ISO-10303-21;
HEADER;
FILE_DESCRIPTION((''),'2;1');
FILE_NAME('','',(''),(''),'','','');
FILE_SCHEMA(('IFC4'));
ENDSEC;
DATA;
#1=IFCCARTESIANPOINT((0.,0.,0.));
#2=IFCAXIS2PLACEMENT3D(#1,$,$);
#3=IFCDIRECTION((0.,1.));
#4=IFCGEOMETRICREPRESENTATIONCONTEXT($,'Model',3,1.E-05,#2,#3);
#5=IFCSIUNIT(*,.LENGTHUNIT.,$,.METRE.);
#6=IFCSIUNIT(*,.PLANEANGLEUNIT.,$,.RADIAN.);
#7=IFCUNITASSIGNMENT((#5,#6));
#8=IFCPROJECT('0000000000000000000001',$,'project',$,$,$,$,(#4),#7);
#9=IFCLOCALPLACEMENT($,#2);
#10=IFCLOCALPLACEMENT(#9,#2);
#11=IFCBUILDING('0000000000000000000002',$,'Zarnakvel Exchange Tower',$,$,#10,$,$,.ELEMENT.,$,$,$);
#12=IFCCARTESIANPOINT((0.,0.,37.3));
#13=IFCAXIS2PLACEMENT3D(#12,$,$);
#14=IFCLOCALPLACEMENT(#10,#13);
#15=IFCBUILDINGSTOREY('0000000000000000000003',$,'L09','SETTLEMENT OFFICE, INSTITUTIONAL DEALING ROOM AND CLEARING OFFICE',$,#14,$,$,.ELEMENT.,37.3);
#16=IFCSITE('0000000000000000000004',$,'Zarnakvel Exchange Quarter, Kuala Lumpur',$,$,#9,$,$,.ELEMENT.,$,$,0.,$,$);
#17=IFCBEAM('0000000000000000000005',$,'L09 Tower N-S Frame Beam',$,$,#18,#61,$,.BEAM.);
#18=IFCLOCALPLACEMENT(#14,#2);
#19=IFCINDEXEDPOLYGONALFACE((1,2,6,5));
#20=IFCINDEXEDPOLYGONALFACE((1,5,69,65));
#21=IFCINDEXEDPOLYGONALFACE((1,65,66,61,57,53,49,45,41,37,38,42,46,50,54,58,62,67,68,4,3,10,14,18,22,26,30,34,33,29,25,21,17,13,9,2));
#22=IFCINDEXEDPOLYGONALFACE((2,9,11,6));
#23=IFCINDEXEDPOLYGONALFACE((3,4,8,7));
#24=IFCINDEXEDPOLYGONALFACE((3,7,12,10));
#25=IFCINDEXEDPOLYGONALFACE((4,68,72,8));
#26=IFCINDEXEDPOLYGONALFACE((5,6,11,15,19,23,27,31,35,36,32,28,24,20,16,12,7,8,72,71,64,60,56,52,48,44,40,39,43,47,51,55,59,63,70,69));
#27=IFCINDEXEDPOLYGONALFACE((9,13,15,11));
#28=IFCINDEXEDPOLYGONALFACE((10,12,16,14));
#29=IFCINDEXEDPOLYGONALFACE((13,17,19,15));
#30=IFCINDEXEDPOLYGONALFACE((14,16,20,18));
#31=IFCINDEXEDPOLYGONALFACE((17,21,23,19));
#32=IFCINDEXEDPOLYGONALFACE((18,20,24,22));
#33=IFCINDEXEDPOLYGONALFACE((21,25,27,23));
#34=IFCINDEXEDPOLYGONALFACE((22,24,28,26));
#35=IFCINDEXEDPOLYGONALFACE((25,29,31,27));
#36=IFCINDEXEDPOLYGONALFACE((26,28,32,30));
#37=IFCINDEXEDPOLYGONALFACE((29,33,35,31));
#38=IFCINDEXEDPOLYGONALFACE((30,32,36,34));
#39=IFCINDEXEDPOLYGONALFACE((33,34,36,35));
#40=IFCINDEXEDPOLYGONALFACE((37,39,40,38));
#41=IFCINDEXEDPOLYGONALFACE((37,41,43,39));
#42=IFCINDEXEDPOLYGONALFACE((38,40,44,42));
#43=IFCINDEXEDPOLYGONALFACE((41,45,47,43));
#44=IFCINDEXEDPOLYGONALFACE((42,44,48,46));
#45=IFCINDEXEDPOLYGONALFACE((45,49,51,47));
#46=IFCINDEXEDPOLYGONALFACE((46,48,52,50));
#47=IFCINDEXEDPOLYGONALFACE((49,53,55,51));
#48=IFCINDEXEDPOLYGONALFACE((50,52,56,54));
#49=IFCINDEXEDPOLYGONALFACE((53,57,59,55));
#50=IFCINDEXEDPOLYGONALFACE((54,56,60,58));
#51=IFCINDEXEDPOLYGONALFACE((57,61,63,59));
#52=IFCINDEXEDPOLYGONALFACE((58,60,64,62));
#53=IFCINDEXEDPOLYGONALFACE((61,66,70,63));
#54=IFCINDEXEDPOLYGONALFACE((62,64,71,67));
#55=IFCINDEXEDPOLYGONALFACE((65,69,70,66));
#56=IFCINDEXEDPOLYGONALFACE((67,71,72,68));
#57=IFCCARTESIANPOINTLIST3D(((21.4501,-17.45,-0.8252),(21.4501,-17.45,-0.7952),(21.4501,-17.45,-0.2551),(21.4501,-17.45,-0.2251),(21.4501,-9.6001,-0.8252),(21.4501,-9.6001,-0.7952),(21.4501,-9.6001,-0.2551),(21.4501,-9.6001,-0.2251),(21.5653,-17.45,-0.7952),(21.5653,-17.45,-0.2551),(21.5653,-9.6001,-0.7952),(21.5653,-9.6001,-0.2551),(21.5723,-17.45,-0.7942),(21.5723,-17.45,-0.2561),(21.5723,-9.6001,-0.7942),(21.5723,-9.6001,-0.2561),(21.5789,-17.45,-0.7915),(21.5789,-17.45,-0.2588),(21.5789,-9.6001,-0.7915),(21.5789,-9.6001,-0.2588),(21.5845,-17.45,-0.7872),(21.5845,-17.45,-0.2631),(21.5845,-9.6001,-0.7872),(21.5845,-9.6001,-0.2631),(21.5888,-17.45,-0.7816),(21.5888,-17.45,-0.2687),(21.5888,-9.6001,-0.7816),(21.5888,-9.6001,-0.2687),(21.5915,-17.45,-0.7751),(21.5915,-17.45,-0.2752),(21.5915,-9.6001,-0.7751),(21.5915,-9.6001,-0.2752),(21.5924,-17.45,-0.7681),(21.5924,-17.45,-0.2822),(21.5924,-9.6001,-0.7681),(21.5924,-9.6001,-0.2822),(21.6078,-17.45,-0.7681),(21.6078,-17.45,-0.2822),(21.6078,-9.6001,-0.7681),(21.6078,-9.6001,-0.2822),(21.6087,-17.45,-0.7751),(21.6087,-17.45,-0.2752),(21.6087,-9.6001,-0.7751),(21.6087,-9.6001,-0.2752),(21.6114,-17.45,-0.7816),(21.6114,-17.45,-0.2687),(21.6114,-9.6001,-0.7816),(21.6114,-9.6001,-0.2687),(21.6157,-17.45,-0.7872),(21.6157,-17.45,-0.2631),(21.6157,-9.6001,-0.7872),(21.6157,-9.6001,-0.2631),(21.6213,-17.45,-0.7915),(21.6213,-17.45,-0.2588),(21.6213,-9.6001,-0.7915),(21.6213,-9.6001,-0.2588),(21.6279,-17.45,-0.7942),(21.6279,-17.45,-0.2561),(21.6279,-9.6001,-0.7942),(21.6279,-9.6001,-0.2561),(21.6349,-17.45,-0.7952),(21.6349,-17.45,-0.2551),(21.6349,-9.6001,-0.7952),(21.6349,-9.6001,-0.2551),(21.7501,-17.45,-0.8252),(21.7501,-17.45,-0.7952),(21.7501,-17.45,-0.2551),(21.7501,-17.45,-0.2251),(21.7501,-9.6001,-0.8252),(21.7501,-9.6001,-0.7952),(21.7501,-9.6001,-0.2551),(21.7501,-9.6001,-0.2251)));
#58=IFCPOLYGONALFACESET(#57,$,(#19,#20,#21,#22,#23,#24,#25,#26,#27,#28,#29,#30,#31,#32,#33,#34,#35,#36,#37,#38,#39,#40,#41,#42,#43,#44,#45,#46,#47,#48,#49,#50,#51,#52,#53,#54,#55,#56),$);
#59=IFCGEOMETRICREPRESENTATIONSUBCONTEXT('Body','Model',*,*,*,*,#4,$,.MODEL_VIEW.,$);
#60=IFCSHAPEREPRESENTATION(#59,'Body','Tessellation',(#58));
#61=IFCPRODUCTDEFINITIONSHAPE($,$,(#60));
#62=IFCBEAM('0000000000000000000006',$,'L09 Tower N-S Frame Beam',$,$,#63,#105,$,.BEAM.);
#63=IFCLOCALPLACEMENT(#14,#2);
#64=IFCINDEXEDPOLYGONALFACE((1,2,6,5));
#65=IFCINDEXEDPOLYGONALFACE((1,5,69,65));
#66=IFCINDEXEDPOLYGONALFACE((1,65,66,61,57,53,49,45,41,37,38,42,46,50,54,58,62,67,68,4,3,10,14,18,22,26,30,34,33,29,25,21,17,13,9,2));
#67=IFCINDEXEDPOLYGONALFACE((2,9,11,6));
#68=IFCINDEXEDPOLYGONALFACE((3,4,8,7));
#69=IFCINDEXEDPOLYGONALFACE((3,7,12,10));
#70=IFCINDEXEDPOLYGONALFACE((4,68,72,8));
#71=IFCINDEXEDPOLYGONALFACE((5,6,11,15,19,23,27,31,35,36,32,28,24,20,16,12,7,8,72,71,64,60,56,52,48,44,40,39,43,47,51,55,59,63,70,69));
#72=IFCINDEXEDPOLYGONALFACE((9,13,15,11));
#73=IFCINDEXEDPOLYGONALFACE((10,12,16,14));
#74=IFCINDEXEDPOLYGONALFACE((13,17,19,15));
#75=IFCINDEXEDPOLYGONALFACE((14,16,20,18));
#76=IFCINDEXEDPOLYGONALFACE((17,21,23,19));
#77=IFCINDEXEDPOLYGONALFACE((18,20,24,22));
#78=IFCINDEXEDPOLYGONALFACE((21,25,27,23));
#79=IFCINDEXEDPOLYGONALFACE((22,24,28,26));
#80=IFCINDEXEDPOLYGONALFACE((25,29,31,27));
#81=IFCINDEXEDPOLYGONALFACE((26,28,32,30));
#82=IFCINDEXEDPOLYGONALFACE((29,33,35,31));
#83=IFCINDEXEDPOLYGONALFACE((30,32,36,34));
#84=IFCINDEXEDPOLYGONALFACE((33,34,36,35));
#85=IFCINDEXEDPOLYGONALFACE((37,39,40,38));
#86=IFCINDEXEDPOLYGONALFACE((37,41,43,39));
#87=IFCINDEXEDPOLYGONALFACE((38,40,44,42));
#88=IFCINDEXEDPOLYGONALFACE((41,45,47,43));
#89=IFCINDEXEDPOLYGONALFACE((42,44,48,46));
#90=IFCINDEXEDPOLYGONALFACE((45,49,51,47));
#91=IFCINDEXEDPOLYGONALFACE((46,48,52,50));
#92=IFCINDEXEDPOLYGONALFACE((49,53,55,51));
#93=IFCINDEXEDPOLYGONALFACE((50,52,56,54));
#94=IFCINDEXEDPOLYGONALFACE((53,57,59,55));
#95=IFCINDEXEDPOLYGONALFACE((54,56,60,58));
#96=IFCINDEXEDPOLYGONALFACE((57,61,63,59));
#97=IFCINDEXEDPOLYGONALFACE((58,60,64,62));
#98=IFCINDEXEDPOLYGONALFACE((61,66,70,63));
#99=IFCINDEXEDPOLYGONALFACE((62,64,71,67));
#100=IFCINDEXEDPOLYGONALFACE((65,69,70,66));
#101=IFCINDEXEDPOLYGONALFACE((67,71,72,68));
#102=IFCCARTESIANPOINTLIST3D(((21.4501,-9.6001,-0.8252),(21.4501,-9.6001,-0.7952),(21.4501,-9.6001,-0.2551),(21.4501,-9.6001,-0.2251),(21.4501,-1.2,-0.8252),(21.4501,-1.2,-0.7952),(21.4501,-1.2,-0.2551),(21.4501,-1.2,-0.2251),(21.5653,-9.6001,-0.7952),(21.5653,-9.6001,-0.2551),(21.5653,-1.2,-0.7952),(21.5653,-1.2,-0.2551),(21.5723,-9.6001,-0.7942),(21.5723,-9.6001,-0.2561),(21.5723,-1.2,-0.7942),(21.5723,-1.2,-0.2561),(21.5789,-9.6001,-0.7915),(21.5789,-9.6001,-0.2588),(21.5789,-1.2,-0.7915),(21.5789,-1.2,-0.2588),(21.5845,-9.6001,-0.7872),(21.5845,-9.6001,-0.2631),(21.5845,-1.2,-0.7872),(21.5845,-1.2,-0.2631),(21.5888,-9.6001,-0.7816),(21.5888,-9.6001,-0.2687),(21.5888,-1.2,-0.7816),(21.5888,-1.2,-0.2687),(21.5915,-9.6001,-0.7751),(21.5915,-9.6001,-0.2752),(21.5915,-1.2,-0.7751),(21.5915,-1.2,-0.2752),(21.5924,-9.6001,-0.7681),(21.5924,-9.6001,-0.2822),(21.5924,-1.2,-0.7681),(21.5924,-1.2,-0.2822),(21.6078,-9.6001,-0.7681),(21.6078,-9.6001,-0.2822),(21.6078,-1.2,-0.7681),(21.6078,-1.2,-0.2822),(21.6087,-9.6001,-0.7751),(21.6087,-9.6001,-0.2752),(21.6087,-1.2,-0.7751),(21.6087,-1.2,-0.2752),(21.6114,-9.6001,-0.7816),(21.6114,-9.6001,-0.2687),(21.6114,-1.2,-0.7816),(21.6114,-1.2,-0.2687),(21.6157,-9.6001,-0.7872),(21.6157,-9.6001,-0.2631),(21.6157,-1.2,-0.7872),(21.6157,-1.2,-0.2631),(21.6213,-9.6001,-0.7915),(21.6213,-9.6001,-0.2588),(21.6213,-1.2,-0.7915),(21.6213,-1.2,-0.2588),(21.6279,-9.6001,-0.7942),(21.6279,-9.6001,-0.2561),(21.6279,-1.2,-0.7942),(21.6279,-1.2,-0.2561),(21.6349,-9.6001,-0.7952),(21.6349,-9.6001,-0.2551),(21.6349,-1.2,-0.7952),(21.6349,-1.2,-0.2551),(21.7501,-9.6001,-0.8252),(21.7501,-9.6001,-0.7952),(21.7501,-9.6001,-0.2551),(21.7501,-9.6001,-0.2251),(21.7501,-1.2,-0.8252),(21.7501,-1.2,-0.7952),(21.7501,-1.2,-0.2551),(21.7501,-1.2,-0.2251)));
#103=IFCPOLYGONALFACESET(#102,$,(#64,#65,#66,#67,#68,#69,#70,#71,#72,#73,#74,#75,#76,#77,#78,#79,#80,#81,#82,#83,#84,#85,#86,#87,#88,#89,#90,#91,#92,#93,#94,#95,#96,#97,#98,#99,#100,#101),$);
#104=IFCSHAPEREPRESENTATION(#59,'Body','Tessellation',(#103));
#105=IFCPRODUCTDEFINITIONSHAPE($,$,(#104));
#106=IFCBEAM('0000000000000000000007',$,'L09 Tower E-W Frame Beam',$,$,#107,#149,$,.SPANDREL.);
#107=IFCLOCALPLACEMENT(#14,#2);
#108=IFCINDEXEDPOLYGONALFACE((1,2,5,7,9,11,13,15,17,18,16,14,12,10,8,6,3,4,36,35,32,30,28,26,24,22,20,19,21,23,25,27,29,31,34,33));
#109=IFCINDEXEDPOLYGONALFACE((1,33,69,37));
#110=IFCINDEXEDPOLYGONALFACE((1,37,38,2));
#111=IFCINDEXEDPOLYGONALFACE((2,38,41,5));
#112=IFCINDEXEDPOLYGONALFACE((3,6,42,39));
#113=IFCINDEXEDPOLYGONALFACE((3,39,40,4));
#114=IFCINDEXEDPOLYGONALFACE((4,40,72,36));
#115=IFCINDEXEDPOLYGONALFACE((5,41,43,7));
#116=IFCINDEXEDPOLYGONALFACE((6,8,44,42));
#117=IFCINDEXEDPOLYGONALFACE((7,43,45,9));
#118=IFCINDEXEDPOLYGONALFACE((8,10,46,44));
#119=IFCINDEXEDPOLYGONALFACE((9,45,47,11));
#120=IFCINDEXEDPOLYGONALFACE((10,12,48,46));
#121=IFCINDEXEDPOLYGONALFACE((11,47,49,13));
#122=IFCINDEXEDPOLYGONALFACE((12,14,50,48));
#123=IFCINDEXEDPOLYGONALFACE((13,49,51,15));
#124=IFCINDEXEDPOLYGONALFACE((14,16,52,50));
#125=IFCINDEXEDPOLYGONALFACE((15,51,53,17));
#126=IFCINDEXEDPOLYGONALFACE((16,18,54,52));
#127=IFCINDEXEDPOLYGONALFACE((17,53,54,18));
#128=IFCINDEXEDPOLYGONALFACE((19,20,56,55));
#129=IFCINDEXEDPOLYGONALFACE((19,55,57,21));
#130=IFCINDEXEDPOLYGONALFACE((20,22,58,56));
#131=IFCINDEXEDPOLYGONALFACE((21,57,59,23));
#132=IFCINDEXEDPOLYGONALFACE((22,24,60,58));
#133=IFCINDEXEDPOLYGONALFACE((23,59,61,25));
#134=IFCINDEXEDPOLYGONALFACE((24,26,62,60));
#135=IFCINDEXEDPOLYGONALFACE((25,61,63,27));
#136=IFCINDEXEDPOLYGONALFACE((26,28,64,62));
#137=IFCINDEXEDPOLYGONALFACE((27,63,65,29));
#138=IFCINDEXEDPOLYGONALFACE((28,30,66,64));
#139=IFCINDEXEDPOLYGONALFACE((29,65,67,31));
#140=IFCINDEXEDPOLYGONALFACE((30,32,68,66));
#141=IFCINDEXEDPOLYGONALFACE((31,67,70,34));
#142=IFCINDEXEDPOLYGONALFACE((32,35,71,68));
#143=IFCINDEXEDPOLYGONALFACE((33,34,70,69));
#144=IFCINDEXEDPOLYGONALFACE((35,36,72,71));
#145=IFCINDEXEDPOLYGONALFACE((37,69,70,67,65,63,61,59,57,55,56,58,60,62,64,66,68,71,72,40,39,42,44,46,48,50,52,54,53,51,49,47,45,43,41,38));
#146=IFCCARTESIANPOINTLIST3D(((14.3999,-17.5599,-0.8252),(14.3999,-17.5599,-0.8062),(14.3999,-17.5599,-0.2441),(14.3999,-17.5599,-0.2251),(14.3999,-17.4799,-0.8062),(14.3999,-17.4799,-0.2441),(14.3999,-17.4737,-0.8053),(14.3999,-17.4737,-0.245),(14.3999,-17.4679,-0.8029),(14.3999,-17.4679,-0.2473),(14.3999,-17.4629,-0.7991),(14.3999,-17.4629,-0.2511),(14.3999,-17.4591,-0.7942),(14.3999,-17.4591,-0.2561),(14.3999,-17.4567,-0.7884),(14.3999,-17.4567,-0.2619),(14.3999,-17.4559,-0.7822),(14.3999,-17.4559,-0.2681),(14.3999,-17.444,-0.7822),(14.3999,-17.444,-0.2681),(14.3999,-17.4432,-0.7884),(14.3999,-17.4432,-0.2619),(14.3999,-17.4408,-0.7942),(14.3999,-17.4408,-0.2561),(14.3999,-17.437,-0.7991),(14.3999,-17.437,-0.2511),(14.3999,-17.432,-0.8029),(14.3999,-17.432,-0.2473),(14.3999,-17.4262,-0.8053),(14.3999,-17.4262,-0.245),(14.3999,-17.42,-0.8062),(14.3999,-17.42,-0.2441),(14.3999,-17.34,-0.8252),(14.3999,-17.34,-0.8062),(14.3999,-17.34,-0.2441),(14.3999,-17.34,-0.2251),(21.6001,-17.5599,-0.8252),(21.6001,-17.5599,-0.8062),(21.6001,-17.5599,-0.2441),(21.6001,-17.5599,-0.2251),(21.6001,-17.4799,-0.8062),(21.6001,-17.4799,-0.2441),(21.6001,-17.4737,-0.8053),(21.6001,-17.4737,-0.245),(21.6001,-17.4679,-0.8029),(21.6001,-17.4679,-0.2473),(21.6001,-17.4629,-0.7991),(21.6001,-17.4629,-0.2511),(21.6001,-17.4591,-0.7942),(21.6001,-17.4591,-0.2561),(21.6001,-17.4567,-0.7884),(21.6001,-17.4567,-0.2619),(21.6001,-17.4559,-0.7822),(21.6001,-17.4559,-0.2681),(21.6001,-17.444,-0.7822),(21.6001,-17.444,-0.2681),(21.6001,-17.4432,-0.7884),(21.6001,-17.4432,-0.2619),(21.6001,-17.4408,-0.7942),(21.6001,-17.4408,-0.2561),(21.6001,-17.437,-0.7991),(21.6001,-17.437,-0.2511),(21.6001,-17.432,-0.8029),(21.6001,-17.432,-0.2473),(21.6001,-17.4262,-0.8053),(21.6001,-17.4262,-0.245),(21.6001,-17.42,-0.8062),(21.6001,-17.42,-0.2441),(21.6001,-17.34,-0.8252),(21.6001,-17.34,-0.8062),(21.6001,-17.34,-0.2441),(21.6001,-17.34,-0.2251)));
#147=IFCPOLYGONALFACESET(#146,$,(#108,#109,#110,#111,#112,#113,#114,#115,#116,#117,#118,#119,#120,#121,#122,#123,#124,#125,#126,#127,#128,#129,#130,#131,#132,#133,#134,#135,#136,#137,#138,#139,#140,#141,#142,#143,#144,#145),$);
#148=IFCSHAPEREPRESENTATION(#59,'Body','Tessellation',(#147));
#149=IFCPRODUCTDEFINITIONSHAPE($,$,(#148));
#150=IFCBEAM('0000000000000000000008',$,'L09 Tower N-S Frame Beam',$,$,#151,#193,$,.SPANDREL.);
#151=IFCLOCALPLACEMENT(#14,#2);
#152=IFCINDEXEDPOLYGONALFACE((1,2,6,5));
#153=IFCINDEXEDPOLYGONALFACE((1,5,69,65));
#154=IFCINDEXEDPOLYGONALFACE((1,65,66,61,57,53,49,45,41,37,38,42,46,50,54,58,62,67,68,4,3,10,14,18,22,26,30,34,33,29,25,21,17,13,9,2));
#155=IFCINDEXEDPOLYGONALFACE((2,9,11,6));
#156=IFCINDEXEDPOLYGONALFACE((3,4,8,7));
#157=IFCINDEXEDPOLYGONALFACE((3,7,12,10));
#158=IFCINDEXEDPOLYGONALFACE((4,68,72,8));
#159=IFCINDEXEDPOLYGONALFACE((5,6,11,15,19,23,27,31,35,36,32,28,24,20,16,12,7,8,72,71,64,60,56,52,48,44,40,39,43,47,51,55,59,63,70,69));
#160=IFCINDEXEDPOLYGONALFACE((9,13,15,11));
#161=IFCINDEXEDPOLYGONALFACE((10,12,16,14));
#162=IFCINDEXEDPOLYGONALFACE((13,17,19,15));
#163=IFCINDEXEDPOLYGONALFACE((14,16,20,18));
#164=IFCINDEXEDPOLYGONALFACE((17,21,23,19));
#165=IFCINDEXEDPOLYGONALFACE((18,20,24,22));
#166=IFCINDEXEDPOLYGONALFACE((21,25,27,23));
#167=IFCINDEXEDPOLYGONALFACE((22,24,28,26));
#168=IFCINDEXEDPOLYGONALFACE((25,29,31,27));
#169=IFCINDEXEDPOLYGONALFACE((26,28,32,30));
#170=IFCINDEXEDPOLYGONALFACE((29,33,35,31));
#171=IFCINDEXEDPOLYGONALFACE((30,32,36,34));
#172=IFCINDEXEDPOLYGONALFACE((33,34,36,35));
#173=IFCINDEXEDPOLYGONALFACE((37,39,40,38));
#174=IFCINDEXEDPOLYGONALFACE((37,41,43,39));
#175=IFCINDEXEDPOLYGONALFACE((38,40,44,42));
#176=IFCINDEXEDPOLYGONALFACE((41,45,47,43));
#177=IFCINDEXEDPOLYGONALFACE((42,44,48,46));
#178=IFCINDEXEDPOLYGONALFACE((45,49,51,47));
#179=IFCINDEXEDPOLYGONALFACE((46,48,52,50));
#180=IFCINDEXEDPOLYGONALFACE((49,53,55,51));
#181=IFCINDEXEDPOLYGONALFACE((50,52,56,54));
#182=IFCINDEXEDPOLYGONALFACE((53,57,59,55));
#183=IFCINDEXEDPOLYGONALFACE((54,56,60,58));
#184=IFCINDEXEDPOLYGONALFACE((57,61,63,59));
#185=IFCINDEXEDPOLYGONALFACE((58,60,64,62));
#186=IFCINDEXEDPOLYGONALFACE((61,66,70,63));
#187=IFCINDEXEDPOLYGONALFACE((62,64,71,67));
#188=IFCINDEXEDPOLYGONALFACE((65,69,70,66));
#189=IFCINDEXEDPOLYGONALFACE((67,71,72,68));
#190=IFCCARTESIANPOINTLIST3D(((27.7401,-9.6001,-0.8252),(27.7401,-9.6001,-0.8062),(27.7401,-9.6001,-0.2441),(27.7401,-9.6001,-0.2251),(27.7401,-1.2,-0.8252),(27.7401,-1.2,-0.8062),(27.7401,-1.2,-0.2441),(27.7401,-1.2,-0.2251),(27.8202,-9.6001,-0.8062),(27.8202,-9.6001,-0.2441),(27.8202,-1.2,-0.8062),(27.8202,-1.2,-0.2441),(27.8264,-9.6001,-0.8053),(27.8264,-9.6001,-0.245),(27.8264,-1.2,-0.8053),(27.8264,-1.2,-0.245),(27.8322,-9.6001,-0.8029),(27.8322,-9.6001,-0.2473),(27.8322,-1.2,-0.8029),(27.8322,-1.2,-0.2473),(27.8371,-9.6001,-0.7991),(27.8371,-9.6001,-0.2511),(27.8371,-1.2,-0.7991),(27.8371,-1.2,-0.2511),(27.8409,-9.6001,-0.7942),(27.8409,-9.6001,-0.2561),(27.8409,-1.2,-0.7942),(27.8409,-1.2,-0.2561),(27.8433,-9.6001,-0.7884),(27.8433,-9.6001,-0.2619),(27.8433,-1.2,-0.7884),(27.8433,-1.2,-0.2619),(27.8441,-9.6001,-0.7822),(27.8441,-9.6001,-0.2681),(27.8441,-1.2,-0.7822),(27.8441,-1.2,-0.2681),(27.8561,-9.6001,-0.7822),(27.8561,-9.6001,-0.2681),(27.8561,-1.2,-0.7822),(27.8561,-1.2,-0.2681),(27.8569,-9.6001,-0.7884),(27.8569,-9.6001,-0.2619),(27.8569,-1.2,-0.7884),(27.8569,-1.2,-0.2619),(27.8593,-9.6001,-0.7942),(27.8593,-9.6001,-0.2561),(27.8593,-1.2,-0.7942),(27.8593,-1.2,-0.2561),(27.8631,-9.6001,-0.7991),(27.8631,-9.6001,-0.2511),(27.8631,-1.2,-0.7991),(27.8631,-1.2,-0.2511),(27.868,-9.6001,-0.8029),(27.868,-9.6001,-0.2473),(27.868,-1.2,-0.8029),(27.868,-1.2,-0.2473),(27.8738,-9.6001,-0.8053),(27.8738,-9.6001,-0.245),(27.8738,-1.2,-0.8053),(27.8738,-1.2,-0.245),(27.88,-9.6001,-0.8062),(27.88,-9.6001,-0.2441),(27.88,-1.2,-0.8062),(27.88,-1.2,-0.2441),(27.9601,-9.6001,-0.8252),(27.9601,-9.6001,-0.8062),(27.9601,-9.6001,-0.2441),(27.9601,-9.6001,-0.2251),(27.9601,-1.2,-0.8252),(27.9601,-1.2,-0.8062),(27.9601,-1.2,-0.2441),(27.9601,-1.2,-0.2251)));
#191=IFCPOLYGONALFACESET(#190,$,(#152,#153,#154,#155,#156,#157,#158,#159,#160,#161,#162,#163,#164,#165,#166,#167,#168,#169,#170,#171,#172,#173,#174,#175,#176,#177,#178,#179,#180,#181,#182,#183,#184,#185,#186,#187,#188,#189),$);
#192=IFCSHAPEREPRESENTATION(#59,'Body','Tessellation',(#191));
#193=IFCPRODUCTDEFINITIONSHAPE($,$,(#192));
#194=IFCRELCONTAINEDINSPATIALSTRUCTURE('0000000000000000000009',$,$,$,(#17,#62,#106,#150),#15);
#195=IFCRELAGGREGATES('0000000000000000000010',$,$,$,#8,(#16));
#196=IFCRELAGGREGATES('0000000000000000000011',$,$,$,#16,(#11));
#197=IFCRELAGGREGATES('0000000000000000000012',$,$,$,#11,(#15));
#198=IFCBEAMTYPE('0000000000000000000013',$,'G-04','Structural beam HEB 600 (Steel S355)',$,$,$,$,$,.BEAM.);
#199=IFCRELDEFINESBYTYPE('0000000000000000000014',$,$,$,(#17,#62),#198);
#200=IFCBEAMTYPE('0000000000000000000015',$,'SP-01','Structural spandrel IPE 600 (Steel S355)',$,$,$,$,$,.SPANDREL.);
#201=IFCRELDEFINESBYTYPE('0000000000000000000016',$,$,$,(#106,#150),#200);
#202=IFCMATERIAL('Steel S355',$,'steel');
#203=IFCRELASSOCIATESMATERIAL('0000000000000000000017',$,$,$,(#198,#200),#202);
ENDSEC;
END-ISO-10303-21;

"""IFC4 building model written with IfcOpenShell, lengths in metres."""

from ifc_helpers import new_model, si_unit, direction, frame, origin, origin_2d, place, context, subcontext, project, spatial, i_section, extrude, material, material_profile, profile_set, type_object, element, save


model = new_model("IFC4")

# Units and contexts
model_context = context("Model", 3, precision=1e-05, world=origin(), true_north=direction((0.0, 1.0)))
body_context = subcontext(model_context, "Body", "Model", "MODEL_VIEW")
ifc_project = project(units=[si_unit("LENGTHUNIT", "METRE"), si_unit("PLANEANGLEUNIT", "RADIAN")], contexts=[model_context])

# Site, building, storey
site_placement = place(None, origin())
site = spatial("IfcSite", under=ifc_project, at=site_placement, Name="Zarnakvel Exchange Quarter, Kuala Lumpur", CompositionType="ELEMENT", RefElevation=0.0)
building_placement = place(site_placement, origin())
building = spatial("IfcBuilding", under=site, at=building_placement, Name="Zarnakvel Exchange Tower", CompositionType="ELEMENT")
storey_placement = place(building_placement, frame((0.0, 0.0, 37.3)))
storey = spatial("IfcBuildingStorey", under=building, at=storey_placement, Name="L09", Description="SETTLEMENT OFFICE, INSTITUTIONAL DEALING ROOM AND CLEARING OFFICE", CompositionType="ELEMENT", Elevation=37.3)

# Shared definitions
ifc_material_1 = material(Name="Steel S355", Category="steel")

# Beams
ifc_material_profile_1 = material_profile(ifc_material_1, i_section(OverallWidth=0.3, OverallDepth=0.6001, WebThickness=0.0154, FlangeThickness=0.03, FilletRadius=0.0271, at=origin_2d()))
ifc_profile_set_1 = profile_set([ifc_material_profile_1], Name="Steel S355")
beam_type_1 = type_object("IfcBeamType", Name="G-04", Description="Structural beam HEB 600 (Steel S355)", PredefinedType="BEAM", material=ifc_profile_set_1)
beam_1_placement = place(storey_placement, frame((21.6001, -17.45, -0.5251), z_axis=(0.0, 1.0, 0.0), x_axis=(-1.0, 0.0, 0.0)))
element("IfcBeam", 1, at=beam_1_placement, inside=storey, type_object=beam_type_1, Name="L09 Tower N-S Frame Beam", PredefinedType="BEAM", context=body_context, shape_type="SweptSolid", body=[
    extrude(i_section(OverallWidth=0.3, OverallDepth=0.6001, WebThickness=0.0154, FlangeThickness=0.03, FilletRadius=0.0271, at=origin_2d()), origin(), (0.0, 0.0, 1.0), 7.8499),
])
beam_2_placement = place(storey_placement, frame((21.6001, -9.6001, -0.5251), z_axis=(0.0, 1.0, 0.0), x_axis=(-1.0, 0.0, 0.0)))
element("IfcBeam", 2, at=beam_2_placement, inside=storey, type_object=beam_type_1, Name="L09 Tower N-S Frame Beam", PredefinedType="BEAM", context=body_context, shape_type="SweptSolid", body=[
    extrude(i_section(OverallWidth=0.3, OverallDepth=0.6001, WebThickness=0.0154, FlangeThickness=0.03, FilletRadius=0.0271, at=origin_2d()), origin(), (0.0, 0.0, 1.0), 8.4001),
])
ifc_material_profile_2 = material_profile(ifc_material_1, i_section(OverallWidth=0.22, OverallDepth=0.6001, WebThickness=0.012, FlangeThickness=0.019, FilletRadius=0.0239, at=origin_2d()))
ifc_profile_set_2 = profile_set([ifc_material_profile_2], Name="Steel S355")
beam_type_2 = type_object("IfcBeamType", Name="SP-01", Description="Structural spandrel IPE 600 (Steel S355)", PredefinedType="SPANDREL", material=ifc_profile_set_2)
beam_3_placement = place(storey_placement, frame((14.3999, -17.45, -0.5251), z_axis=(1.0, 0.0, 0.0), x_axis=(0.0, 1.0, 0.0)))
element("IfcBeam", 3, at=beam_3_placement, inside=storey, type_object=beam_type_2, Name="L09 Tower E-W Frame Beam", PredefinedType="SPANDREL", context=body_context, shape_type="SweptSolid", body=[
    extrude(i_section(OverallWidth=0.22, OverallDepth=0.6001, WebThickness=0.012, FlangeThickness=0.019, FilletRadius=0.0239, at=origin_2d()), origin(), (0.0, 0.0, 1.0), 7.2002),
])
beam_4_placement = place(storey_placement, frame((27.8501, -9.6001, -0.5251), z_axis=(0.0, 1.0, 0.0), x_axis=(-1.0, 0.0, 0.0)))
element("IfcBeam", 4, at=beam_4_placement, inside=storey, type_object=beam_type_2, Name="L09 Tower N-S Frame Beam", PredefinedType="SPANDREL", context=body_context, shape_type="SweptSolid", body=[
    extrude(i_section(OverallWidth=0.22, OverallDepth=0.6001, WebThickness=0.012, FlangeThickness=0.019, FilletRadius=0.0239, at=origin_2d()), origin(), (0.0, 0.0, 1.0), 8.4001),
])

save(model, "model.ifc")
